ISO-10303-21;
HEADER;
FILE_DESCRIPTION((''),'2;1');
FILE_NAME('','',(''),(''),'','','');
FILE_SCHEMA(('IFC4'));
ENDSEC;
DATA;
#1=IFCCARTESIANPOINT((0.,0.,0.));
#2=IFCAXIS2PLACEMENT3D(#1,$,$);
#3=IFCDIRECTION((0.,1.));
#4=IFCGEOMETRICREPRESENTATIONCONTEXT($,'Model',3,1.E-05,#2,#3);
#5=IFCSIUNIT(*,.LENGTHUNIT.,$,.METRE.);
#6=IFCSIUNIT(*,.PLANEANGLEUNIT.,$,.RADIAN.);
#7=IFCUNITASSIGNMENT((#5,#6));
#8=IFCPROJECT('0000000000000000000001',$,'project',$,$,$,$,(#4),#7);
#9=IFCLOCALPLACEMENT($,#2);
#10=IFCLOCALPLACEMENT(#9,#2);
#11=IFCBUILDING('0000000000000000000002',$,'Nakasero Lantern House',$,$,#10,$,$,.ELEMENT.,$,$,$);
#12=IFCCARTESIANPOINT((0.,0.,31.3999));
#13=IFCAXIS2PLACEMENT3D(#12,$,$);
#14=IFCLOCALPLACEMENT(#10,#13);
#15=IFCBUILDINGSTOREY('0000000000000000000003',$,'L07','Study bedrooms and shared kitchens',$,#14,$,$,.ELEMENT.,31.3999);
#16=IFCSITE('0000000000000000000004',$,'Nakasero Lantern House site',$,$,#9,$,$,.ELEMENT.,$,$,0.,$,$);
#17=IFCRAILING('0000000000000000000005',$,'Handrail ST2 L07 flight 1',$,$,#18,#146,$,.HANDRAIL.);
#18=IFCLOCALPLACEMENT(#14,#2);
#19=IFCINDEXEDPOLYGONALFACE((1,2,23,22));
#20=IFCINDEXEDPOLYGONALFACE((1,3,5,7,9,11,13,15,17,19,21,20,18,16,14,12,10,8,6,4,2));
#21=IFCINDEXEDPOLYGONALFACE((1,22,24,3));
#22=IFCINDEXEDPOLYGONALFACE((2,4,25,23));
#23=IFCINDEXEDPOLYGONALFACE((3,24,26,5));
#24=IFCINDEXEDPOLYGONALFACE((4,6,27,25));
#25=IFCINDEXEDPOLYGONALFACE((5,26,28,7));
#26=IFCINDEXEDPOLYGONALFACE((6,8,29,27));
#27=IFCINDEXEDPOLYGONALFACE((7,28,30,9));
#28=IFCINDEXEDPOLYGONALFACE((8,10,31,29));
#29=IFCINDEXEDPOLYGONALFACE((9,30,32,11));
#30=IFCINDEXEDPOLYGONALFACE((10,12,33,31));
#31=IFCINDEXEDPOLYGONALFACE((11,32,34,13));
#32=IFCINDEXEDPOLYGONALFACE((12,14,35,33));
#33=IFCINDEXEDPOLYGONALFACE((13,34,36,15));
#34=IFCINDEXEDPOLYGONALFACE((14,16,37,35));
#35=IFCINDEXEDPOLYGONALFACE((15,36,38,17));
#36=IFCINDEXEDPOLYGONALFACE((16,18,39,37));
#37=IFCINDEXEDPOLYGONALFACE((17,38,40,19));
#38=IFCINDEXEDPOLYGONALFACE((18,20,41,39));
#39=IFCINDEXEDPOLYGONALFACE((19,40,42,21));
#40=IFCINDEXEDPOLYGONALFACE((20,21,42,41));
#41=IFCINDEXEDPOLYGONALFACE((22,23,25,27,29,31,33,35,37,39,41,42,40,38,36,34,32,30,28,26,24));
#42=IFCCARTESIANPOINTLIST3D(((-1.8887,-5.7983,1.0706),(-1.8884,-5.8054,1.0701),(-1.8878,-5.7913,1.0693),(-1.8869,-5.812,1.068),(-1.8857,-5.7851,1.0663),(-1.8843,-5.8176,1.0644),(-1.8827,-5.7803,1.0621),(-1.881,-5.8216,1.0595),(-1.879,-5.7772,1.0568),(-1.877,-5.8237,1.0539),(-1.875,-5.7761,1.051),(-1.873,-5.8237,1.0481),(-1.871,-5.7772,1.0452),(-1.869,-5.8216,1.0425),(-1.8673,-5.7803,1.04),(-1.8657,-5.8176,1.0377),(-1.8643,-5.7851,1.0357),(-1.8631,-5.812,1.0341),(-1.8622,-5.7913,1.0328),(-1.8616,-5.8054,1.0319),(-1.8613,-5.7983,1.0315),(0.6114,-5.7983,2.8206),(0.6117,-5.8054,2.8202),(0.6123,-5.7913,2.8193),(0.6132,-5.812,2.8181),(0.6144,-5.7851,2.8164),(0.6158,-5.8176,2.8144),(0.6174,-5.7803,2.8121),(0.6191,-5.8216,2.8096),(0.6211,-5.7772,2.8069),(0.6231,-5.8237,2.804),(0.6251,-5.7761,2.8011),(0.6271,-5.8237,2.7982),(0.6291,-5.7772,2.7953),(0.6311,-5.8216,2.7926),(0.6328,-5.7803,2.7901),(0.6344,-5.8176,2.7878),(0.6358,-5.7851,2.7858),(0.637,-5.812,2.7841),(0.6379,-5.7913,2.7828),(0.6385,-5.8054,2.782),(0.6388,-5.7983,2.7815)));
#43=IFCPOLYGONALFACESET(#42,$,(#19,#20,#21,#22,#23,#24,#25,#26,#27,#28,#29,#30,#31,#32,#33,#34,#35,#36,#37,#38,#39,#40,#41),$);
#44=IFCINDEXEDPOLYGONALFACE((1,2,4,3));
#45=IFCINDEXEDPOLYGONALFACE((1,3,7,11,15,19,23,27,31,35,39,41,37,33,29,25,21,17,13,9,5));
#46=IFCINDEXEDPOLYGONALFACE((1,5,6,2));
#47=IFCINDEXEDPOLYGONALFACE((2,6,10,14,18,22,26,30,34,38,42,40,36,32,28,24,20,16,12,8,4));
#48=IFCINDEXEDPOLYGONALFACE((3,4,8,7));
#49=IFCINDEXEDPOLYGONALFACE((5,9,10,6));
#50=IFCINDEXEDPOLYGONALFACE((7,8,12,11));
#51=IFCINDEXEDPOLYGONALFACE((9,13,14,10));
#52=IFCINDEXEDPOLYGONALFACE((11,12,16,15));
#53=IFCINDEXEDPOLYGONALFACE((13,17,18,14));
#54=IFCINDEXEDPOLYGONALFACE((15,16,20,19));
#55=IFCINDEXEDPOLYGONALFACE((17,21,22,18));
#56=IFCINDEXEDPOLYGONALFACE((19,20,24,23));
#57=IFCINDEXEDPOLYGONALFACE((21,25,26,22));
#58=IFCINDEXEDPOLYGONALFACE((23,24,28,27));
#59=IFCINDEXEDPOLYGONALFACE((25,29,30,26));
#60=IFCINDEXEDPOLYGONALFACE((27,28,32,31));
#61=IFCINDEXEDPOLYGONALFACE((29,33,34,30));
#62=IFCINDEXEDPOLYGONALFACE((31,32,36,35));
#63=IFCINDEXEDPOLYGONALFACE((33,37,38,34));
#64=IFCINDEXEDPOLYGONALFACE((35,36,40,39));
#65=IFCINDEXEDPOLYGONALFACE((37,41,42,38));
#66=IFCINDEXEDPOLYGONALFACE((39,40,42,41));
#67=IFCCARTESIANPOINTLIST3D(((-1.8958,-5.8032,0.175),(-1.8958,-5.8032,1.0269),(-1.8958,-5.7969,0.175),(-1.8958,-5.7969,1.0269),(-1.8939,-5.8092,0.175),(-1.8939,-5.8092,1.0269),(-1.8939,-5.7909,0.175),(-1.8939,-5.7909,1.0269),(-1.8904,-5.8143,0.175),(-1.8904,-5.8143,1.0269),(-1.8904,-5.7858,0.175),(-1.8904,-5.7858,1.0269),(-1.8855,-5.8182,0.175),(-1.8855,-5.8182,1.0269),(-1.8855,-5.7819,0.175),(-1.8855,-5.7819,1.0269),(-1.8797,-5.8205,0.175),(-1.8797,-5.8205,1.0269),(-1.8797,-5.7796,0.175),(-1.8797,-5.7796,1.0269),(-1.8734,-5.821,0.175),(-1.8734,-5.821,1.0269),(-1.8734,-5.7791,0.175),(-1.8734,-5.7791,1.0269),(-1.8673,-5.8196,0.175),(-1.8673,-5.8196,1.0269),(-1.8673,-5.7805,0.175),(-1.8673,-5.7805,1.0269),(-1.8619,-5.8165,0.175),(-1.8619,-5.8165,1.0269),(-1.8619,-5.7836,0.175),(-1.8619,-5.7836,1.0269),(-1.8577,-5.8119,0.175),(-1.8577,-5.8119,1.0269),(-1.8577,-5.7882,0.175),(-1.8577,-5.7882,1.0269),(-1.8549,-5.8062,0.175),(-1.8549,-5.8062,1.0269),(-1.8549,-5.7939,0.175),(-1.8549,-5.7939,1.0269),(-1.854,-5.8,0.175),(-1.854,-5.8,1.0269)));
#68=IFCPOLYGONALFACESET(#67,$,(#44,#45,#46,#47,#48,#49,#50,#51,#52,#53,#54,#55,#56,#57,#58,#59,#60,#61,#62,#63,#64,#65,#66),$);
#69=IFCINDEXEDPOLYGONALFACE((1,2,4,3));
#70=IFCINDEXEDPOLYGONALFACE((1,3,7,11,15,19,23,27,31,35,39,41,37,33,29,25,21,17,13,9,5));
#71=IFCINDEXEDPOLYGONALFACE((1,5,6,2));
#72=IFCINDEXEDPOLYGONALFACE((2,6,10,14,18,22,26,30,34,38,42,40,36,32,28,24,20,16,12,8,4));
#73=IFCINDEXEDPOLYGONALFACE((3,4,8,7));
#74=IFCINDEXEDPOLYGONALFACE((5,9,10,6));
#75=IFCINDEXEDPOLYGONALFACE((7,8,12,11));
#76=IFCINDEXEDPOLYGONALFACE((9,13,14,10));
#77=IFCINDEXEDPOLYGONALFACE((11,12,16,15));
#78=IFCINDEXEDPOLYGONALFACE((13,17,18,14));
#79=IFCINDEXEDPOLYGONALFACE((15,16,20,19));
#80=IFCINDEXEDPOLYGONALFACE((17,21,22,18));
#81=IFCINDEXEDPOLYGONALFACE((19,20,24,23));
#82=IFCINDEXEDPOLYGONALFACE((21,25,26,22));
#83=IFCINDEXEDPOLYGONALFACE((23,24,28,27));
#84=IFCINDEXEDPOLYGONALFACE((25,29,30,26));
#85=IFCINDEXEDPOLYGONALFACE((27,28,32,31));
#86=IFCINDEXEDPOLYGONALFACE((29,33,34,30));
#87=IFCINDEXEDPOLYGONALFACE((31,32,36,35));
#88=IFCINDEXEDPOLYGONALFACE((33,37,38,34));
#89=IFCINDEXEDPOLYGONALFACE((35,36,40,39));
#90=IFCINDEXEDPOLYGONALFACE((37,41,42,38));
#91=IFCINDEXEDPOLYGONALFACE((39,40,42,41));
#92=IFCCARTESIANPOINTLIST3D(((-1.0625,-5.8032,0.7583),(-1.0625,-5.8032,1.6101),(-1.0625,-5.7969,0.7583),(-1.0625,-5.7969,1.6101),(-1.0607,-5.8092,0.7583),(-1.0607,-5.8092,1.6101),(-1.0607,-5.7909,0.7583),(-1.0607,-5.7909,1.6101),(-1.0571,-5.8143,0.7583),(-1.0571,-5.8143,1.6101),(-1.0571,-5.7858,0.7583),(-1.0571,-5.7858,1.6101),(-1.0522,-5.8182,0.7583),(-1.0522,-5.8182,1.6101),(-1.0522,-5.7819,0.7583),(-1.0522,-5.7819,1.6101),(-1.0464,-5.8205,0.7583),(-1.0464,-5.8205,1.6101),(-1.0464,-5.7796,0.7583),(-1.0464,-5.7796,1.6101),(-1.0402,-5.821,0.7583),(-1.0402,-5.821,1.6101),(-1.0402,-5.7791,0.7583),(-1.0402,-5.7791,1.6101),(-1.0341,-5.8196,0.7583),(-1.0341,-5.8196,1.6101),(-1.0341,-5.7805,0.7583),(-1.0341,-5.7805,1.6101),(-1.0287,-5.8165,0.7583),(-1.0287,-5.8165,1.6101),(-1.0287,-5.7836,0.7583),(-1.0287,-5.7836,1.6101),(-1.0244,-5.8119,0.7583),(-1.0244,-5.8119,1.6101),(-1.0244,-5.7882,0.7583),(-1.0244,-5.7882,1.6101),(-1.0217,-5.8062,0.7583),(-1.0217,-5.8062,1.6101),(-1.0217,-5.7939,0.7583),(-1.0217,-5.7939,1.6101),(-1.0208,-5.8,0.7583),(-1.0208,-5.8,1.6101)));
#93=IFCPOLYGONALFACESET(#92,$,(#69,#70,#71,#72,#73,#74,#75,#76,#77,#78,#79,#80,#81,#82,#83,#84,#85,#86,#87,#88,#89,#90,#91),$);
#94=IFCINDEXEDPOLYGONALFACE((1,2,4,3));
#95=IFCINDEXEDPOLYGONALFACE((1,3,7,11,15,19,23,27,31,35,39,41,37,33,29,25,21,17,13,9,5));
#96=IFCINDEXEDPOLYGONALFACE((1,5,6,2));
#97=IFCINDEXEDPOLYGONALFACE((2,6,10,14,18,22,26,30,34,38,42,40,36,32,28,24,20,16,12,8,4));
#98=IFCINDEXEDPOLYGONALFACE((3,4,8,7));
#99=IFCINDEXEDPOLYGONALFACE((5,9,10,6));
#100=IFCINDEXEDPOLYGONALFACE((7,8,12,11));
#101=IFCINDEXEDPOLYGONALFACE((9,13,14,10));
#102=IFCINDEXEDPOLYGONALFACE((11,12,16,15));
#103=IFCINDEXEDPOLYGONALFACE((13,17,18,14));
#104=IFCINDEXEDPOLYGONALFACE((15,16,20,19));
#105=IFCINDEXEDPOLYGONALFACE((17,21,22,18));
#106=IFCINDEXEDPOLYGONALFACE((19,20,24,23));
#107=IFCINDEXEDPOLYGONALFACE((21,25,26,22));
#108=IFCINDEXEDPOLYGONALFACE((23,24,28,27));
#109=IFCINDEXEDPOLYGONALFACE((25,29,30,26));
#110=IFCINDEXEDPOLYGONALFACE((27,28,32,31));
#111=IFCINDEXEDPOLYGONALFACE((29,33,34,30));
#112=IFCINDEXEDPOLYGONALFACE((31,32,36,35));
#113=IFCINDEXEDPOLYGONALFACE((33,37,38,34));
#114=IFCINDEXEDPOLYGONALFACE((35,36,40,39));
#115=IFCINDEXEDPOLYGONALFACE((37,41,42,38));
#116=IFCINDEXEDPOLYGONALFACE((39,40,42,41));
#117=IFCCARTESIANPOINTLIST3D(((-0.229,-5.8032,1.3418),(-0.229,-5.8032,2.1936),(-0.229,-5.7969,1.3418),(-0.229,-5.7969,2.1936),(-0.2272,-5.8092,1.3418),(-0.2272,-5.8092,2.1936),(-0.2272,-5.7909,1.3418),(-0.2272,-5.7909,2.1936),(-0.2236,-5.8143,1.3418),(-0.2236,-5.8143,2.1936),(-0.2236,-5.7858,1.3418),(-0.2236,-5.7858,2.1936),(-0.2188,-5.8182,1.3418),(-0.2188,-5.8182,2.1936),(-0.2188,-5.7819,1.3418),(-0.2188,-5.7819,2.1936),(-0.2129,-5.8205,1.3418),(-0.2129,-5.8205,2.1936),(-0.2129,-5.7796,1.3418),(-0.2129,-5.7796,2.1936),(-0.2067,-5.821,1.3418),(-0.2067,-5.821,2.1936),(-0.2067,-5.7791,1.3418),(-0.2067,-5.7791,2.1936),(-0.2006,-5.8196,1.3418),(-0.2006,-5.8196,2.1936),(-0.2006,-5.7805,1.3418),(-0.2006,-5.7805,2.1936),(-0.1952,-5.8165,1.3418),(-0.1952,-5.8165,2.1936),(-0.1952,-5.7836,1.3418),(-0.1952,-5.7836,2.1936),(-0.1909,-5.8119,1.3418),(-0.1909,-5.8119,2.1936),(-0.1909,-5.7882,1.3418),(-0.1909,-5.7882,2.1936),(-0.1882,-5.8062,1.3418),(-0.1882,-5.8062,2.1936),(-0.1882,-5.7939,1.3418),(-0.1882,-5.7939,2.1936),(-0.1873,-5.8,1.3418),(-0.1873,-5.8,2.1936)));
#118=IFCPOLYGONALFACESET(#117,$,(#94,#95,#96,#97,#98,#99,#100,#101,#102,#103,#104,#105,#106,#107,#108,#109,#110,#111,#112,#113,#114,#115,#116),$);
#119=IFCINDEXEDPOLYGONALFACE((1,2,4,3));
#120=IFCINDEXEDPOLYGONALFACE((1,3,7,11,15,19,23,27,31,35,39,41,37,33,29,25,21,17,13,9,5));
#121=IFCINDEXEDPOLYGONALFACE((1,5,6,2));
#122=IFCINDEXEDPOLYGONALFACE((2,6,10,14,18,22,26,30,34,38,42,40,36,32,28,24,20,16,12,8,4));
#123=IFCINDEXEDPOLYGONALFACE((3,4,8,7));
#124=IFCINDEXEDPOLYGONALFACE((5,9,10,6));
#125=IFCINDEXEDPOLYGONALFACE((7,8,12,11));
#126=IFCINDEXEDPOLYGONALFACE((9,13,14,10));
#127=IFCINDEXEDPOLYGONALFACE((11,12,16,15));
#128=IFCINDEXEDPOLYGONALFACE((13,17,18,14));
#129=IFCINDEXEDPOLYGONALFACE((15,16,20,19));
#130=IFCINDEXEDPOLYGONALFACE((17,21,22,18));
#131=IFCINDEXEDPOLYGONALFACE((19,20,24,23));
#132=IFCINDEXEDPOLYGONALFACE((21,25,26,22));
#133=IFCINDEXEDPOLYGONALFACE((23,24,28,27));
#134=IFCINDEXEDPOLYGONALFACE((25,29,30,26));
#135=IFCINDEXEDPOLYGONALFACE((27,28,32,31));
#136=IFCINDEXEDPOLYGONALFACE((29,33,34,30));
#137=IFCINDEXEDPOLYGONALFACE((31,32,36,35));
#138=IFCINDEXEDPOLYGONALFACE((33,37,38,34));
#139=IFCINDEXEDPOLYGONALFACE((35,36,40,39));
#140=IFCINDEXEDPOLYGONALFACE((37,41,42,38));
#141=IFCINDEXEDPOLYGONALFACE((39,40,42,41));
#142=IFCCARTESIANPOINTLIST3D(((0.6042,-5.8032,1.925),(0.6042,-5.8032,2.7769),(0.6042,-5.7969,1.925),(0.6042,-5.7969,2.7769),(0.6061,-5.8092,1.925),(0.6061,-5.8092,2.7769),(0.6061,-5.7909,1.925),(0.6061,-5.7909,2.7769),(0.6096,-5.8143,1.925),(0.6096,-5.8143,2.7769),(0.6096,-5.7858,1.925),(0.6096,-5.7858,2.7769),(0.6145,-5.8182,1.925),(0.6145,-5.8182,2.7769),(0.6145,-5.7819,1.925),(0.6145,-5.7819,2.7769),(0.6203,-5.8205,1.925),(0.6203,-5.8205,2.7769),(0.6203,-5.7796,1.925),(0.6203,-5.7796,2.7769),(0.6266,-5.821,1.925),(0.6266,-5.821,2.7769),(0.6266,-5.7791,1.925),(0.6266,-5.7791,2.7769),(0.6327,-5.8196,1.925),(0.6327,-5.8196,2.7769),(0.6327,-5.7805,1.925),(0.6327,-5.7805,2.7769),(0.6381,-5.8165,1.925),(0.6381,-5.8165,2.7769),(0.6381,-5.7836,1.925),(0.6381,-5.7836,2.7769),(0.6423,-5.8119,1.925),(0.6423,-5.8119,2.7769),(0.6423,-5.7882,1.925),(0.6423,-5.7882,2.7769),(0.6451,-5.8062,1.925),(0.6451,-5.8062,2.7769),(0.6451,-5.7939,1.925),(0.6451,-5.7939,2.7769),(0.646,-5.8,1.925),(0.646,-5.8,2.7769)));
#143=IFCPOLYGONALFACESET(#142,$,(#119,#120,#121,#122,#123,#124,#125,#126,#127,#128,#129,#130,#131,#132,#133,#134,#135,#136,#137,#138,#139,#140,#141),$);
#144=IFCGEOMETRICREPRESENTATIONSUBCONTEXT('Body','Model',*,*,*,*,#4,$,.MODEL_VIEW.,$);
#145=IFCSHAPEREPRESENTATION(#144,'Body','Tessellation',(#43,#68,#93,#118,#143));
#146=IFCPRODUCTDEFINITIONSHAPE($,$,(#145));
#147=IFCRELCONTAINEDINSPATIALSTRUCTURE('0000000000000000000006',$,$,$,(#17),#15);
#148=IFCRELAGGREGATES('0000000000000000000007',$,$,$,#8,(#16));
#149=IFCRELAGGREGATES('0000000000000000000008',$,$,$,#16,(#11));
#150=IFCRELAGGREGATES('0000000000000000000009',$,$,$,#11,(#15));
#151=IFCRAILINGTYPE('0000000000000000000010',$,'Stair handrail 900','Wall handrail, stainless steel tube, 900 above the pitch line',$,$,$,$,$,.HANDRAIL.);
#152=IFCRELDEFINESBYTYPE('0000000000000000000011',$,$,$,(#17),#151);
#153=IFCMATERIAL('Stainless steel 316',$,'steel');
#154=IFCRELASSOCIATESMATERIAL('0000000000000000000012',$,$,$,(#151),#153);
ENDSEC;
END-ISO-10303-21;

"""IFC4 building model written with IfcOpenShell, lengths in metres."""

from ifc_helpers import new_model, si_unit, direction, frame, origin, origin_2d, place, context, subcontext, project, spatial, circle, extrude, material, type_object, element, save


model = new_model("IFC4")

# Units and contexts
model_context = context("Model", 3, precision=1e-05, world=origin(), true_north=direction((0.0, 1.0)))
body_context = subcontext(model_context, "Body", "Model", "MODEL_VIEW")
ifc_project = project(units=[si_unit("LENGTHUNIT", "METRE"), si_unit("PLANEANGLEUNIT", "RADIAN")], contexts=[model_context])

# Site, building, storey
site_placement = place(None, origin())
site = spatial("IfcSite", under=ifc_project, at=site_placement, Name="Nakasero Lantern House site", CompositionType="ELEMENT", RefElevation=0.0)
building_placement = place(site_placement, origin())
building = spatial("IfcBuilding", under=site, at=building_placement, Name="Nakasero Lantern House", CompositionType="ELEMENT")
storey_placement = place(building_placement, frame((0.0, 0.0, 31.3999)))
storey = spatial("IfcBuildingStorey", under=building, at=storey_placement, Name="L07", Description="Study bedrooms and shared kitchens", CompositionType="ELEMENT", Elevation=31.3999)

# Railing
ifc_material_1 = material(Name="Stainless steel 316", Category="steel")
railing_type = type_object("IfcRailingType", Name="Stair handrail 900", Description="Wall handrail, stainless steel tube, 900 above the pitch line", PredefinedType="HANDRAIL", material=ifc_material_1)
railing_placement = place(storey_placement, frame((-1.875, -5.8, 0.175)))
element("IfcRailing", 1, at=railing_placement, inside=storey, type_object=railing_type, Name="Handrail ST2 L07 flight 1", PredefinedType="HANDRAIL", context=body_context, shape_type="SweptSolid", body=[
    extrude(circle(Radius=0.0239, at=origin_2d()), frame((0.0, 0.0, 0.876), z_axis=(0.819232, 0.0, 0.573462), x_axis=(0.0, 1.0, 0.0)), (0.0, 0.0, 1.0), 3.0518),
    extrude(circle(Radius=0.021, at=origin_2d()), origin(), (0.0, 0.0, 1.0), 0.8518),
    extrude(circle(Radius=0.021, at=origin_2d()), frame((0.8333, 0.0, 0.5833)), (0.0, 0.0, 1.0), 0.8518),
    extrude(circle(Radius=0.021, at=origin_2d()), frame((1.6667, 0.0, 1.1667)), (0.0, 0.0, 1.0), 0.8518),
    extrude(circle(Radius=0.021, at=origin_2d()), frame((2.5, 0.0, 1.75)), (0.0, 0.0, 1.0), 0.8518),
])

save(model, "model.ifc")
